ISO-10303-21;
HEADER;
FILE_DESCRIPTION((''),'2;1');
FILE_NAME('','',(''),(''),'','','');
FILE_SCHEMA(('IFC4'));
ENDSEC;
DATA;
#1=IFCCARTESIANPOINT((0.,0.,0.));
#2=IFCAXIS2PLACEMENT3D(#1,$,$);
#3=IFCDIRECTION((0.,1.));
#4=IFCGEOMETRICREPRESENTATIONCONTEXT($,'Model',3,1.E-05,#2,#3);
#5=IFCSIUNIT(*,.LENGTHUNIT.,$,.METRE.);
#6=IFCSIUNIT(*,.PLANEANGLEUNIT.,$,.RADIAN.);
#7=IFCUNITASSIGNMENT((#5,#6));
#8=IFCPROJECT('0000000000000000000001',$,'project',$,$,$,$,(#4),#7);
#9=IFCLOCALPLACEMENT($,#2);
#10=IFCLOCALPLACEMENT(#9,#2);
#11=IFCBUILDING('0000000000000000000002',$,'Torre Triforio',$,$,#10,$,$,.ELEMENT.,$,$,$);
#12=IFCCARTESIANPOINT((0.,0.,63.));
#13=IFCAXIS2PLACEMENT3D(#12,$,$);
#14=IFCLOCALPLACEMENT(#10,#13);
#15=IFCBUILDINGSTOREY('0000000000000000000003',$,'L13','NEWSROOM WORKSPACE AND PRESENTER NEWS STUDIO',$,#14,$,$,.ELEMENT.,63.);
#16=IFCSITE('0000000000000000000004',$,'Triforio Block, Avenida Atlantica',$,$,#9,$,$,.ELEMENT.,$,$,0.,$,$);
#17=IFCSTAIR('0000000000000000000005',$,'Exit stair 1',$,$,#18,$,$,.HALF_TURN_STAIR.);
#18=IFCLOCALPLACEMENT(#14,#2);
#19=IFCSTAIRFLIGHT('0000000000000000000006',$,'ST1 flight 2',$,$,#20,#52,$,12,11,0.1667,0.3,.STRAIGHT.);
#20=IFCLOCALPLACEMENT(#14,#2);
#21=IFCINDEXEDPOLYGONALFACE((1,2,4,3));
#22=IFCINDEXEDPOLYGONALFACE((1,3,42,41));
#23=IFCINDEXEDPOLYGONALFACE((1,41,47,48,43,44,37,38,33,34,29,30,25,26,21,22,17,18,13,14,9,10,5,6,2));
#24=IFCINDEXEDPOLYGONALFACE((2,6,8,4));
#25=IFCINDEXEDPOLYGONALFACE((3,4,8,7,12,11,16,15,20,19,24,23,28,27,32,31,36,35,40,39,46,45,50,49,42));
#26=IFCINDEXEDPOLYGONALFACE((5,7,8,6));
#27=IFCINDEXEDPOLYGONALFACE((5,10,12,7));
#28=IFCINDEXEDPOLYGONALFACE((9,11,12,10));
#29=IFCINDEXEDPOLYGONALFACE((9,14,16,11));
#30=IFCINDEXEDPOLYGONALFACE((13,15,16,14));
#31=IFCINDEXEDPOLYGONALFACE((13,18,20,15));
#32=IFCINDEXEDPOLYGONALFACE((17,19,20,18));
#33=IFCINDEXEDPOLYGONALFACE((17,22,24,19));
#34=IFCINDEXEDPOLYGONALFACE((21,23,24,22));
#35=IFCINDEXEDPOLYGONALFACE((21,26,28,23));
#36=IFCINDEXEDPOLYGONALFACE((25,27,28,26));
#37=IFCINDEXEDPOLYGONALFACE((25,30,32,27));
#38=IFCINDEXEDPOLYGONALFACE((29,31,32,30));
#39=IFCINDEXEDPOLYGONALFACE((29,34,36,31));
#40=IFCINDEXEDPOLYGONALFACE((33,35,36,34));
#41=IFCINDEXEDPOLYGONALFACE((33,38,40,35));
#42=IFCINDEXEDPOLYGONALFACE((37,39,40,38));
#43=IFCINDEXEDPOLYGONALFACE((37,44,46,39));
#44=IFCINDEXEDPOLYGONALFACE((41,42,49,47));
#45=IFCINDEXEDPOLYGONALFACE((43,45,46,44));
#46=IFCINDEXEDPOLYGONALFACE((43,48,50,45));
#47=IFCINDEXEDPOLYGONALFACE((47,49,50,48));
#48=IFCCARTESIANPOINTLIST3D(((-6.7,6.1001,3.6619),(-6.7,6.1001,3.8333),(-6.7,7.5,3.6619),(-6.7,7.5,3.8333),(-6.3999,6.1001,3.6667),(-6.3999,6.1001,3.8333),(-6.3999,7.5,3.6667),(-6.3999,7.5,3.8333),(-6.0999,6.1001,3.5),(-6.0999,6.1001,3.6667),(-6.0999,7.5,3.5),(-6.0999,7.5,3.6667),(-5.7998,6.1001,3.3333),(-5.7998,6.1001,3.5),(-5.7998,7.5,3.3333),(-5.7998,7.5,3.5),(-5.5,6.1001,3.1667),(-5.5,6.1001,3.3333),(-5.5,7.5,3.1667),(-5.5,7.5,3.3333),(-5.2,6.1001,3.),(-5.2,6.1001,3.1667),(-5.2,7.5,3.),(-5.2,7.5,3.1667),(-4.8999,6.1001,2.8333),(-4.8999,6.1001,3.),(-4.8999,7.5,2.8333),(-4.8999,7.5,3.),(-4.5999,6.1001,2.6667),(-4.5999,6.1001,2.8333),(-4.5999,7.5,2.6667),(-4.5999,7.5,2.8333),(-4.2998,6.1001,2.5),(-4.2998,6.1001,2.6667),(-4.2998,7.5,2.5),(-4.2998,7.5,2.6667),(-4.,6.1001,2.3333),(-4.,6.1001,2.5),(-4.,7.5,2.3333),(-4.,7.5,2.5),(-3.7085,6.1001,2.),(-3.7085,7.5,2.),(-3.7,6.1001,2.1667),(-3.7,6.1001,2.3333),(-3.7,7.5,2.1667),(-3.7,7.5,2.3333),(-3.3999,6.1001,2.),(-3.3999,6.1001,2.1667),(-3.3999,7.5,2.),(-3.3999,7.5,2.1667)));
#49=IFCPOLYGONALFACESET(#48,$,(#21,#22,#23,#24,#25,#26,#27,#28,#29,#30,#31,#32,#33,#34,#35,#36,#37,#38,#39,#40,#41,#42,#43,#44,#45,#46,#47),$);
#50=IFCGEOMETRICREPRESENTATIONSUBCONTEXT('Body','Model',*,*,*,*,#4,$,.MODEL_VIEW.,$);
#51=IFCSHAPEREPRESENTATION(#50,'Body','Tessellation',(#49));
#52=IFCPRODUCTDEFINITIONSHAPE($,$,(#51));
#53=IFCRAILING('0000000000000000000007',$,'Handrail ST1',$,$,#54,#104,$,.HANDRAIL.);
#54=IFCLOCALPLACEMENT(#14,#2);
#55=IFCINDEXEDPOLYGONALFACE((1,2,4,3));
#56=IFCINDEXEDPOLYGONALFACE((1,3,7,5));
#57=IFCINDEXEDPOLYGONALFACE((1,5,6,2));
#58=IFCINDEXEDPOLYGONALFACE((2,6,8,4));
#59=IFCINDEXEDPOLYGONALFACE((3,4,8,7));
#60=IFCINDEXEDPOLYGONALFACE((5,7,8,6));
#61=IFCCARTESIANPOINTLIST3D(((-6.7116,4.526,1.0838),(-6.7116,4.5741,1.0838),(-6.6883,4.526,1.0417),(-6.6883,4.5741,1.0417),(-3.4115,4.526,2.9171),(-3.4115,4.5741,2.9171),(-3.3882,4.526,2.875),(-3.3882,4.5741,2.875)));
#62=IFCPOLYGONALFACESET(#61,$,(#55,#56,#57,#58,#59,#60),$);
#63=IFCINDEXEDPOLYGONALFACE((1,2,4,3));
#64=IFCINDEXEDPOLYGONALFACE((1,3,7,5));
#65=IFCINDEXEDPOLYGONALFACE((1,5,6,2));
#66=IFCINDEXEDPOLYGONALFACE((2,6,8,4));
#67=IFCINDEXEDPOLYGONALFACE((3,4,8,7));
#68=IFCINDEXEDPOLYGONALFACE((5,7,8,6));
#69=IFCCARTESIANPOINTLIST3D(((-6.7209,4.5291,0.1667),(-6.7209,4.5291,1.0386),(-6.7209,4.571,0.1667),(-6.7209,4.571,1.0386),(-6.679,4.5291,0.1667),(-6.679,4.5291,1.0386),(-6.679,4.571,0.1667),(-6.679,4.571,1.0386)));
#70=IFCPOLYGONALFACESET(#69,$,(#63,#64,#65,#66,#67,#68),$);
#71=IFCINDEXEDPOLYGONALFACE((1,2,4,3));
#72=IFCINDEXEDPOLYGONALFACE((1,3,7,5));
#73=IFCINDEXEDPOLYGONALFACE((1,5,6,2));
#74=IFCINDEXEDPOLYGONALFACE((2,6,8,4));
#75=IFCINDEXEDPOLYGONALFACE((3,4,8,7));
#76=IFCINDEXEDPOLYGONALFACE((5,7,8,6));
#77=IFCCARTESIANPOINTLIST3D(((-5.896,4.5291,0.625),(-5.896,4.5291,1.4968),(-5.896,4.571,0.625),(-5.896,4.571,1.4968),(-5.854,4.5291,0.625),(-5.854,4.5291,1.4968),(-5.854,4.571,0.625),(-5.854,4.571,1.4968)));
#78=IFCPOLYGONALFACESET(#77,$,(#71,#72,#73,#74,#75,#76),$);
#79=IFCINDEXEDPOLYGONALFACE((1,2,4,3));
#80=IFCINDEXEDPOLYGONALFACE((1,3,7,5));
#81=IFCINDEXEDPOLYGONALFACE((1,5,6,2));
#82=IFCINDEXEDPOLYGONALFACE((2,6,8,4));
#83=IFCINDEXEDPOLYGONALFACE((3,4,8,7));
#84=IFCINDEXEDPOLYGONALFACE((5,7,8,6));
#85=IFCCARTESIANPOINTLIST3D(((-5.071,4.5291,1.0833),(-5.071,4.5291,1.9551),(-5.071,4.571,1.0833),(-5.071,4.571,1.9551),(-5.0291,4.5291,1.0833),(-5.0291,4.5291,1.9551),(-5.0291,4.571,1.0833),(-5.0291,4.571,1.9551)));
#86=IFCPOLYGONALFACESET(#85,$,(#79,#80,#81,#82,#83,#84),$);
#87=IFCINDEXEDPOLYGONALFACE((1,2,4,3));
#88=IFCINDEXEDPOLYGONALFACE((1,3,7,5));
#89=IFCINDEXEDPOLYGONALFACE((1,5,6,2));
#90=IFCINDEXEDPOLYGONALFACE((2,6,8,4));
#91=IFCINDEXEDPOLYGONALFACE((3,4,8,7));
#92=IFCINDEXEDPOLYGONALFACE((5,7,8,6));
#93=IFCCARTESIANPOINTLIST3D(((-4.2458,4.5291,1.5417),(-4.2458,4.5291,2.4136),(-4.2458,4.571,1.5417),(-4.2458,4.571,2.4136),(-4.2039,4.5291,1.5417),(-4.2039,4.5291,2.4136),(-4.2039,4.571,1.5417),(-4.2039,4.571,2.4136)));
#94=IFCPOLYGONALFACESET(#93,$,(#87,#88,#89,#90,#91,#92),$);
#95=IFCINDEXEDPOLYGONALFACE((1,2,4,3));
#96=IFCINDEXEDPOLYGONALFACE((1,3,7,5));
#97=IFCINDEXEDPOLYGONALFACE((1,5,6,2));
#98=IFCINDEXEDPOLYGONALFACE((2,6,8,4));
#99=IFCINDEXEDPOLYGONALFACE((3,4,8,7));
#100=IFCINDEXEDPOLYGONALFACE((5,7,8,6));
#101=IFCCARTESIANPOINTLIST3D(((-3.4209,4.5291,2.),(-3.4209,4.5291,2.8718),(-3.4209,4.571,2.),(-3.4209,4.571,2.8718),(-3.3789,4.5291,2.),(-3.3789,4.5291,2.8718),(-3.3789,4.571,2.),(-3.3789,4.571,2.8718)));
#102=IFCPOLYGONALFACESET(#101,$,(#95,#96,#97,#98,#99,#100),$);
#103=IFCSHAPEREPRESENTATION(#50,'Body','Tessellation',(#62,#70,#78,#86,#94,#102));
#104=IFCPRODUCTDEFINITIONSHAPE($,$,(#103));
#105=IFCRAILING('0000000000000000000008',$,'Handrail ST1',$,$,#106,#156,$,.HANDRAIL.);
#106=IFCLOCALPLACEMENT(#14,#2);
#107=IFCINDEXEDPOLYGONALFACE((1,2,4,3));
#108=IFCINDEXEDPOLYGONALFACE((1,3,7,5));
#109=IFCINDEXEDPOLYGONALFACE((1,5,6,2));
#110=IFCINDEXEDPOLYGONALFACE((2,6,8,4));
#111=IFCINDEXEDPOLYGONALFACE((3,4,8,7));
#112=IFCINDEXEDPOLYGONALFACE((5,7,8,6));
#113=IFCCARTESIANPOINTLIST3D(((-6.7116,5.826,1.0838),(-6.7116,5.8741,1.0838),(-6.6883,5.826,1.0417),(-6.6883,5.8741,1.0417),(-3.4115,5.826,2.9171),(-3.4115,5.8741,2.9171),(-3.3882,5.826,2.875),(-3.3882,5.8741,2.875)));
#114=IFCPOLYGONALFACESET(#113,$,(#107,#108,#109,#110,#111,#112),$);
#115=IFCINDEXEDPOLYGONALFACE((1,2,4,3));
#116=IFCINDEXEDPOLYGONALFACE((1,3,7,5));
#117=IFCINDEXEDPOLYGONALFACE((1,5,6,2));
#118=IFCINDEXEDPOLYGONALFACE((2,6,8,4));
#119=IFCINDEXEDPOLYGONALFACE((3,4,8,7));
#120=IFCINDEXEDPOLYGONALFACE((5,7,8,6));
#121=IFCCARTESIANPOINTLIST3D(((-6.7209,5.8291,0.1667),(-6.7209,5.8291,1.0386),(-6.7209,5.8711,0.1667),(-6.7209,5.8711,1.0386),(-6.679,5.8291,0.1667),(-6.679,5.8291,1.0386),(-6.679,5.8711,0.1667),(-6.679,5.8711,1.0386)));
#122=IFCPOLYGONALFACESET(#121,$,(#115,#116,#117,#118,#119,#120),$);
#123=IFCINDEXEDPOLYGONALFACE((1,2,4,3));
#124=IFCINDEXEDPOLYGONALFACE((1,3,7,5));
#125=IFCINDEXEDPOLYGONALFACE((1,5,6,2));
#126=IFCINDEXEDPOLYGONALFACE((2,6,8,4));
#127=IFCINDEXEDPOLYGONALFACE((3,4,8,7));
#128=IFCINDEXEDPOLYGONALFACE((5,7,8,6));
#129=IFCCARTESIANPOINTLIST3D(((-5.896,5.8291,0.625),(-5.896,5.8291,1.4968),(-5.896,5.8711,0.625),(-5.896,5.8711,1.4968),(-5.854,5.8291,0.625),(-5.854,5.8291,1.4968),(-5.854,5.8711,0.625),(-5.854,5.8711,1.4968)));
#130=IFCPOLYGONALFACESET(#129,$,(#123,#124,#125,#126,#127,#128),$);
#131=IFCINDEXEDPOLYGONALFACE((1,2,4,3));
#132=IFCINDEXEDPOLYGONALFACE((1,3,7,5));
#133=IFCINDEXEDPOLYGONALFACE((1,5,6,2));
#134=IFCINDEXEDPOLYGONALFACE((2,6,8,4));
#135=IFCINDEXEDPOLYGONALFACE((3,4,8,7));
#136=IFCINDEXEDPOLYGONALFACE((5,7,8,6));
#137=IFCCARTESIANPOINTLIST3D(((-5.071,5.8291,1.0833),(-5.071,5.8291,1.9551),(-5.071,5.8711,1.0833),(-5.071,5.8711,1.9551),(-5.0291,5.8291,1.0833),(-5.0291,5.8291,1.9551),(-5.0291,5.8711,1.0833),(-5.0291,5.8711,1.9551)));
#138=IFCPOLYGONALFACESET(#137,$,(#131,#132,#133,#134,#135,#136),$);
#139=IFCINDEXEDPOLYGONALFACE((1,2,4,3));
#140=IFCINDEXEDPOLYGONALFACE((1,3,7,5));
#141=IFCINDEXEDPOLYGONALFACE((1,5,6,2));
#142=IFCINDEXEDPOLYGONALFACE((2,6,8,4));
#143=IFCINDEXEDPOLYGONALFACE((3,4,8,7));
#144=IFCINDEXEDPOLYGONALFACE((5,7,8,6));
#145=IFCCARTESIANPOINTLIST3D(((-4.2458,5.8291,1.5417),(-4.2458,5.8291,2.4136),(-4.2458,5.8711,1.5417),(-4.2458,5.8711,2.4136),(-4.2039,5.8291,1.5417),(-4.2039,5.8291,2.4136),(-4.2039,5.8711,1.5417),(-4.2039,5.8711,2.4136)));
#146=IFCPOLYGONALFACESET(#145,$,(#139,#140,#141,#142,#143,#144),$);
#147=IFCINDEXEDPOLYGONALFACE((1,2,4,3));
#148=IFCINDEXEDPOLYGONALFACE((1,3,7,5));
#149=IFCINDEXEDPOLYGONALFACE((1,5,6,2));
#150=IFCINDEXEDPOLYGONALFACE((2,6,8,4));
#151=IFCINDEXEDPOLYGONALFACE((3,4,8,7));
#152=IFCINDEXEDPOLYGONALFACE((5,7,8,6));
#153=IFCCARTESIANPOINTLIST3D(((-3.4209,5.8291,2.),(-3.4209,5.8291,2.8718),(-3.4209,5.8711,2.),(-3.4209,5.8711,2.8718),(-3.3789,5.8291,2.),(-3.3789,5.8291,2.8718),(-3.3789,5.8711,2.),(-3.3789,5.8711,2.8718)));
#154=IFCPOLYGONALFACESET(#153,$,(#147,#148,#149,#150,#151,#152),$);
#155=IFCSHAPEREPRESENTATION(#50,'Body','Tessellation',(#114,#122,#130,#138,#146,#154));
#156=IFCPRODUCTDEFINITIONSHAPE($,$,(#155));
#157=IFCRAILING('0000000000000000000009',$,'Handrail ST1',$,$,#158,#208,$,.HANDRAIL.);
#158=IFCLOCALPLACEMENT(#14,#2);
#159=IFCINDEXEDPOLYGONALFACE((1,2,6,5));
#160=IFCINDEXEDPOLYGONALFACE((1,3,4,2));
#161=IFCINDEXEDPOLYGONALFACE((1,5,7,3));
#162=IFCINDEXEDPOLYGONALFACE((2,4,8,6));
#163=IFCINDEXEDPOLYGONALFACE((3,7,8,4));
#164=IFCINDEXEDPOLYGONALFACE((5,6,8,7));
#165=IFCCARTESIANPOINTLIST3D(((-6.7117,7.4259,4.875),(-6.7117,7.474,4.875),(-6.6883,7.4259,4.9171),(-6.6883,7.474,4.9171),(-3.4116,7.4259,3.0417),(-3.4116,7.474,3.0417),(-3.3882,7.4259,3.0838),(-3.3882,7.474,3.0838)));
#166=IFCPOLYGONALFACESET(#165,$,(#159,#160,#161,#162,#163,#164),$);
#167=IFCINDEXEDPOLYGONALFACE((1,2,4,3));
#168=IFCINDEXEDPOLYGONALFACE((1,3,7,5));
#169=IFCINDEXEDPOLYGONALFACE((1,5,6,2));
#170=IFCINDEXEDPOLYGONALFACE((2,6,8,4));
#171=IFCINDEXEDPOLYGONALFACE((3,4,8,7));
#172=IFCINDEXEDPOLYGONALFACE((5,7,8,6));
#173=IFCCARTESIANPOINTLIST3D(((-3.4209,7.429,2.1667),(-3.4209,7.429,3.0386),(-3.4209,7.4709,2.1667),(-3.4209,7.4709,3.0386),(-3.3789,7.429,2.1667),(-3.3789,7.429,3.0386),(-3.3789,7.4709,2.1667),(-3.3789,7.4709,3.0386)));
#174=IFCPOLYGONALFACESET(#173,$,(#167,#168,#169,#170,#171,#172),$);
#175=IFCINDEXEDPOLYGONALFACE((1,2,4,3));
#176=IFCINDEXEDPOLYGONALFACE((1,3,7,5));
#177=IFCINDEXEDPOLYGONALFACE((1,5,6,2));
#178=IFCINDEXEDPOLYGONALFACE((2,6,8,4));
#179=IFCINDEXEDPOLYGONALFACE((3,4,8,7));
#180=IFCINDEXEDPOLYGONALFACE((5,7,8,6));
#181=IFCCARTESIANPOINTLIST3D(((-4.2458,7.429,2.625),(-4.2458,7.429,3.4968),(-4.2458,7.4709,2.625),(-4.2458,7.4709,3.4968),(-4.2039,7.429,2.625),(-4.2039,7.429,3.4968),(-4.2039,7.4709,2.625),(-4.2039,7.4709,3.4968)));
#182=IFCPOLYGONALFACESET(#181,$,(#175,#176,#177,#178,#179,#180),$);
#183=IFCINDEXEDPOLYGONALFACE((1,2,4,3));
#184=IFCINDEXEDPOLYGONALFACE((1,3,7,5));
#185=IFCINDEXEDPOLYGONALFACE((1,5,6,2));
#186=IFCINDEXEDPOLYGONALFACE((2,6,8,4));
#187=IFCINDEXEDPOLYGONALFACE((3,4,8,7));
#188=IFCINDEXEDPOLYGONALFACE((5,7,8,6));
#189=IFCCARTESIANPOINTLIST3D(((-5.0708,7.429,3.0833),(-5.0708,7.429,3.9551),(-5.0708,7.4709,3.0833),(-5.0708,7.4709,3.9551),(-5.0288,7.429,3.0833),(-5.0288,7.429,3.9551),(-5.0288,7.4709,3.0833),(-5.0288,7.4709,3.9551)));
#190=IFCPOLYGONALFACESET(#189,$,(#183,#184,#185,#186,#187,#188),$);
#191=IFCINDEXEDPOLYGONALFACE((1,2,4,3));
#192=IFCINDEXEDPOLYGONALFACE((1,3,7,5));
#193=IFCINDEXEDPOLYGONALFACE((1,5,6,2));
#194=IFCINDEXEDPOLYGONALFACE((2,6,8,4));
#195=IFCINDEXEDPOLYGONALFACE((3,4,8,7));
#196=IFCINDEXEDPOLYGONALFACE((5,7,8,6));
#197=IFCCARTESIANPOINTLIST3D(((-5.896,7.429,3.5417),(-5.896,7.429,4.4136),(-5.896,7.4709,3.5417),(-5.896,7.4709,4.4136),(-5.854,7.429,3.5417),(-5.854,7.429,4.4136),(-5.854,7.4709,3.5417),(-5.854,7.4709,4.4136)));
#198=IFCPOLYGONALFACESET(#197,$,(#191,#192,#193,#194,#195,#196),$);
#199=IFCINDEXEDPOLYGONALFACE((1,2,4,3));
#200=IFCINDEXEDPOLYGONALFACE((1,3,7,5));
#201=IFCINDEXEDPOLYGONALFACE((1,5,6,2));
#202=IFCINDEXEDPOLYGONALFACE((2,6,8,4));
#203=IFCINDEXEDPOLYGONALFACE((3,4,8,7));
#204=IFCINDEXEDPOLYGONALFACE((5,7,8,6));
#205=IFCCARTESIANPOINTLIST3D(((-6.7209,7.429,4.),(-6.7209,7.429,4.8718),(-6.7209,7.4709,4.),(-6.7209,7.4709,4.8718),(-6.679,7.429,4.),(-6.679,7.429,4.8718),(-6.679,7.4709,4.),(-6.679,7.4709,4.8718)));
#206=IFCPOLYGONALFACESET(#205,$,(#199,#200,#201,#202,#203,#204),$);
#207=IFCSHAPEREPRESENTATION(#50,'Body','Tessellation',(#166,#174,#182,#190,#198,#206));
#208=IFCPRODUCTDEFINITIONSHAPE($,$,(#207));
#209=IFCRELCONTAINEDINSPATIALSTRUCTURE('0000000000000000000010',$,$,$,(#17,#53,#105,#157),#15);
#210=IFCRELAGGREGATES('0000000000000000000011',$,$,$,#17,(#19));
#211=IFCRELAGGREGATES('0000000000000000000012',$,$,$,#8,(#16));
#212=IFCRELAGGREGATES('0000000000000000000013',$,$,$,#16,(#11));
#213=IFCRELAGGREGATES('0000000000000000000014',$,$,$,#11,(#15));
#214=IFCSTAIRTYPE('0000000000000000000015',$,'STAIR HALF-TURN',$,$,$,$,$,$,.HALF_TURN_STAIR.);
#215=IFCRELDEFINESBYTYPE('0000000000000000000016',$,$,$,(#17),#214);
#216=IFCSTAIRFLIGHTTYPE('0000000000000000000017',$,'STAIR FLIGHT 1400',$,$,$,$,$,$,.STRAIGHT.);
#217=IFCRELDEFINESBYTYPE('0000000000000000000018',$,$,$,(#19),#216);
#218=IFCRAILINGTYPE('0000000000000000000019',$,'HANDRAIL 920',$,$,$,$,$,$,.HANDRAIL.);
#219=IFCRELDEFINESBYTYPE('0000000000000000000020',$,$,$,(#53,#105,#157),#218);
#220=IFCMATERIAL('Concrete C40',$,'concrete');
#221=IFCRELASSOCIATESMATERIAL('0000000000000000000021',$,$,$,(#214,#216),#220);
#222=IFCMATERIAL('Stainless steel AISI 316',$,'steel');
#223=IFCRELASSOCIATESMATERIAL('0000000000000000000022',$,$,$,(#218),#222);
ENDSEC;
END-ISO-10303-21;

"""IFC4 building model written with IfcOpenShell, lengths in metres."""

from ifc_helpers import new_model, si_unit, direction, frame, origin, origin_2d, place, context, subcontext, project, spatial, polyline, rectangle, outline, extrude, material, type_object, element, aggregate, save


model = new_model("IFC4")

# Units and contexts
model_context = context("Model", 3, precision=1e-05, world=origin(), true_north=direction((0.0, 1.0)))
body_context = subcontext(model_context, "Body", "Model", "MODEL_VIEW")
ifc_project = project(units=[si_unit("LENGTHUNIT", "METRE"), si_unit("PLANEANGLEUNIT", "RADIAN")], contexts=[model_context])

# Site, building, storey
site_placement = place(None, origin())
site = spatial("IfcSite", under=ifc_project, at=site_placement, Name="Triforio Block, Avenida Atlantica", CompositionType="ELEMENT", RefElevation=0.0)
building_placement = place(site_placement, origin())
building = spatial("IfcBuilding", under=site, at=building_placement, Name="Torre Triforio", CompositionType="ELEMENT")
storey_placement = place(building_placement, frame((0.0, 0.0, 63.0)))
storey = spatial("IfcBuildingStorey", under=building, at=storey_placement, Name="L13", Description="NEWSROOM WORKSPACE AND PRESENTER NEWS STUDIO", CompositionType="ELEMENT", Elevation=63.0)

# Stair, stair flight
ifc_material_1 = material(Name="Concrete C40", Category="concrete")
stair_type = type_object("IfcStairType", Name="STAIR HALF-TURN", PredefinedType="HALF_TURN_STAIR", material=ifc_material_1)
stair_placement = place(storey_placement, origin())
stair = element("IfcStair", 1, at=stair_placement, inside=storey, type_object=stair_type, Name="Exit stair 1", PredefinedType="HALF_TURN_STAIR")
stair_flight_type = type_object("IfcStairFlightType", Name="STAIR FLIGHT 1400", PredefinedType="STRAIGHT", material=ifc_material_1)
stair_flight_1_placement = place(storey_placement, frame((-3.3999, 6.8, 2.0), z_axis=(0.0, 0.0, 1.0), x_axis=(-1.0, 0.0, 0.0)))
stair_flight_1 = element("IfcStairFlight", 2, at=stair_flight_1_placement, type_object=stair_flight_type, Name="ST1 flight 2", NumberOfRisers=12, NumberOfTreads=11, PredefinedType="STRAIGHT", RiserHeight=0.1667, TreadLength=0.3, context=body_context, shape_type="SweptSolid", body=[
    extrude(outline(polyline([(0.0, 0.0), (0.0, 0.1667), (0.3, 0.1667), (0.3, 0.3333), (0.6001, 0.3333), (0.6001, 0.5), (0.8999, 0.5), (0.8999, 0.6667), (1.2, 0.6667), (1.2, 0.8333), (1.5, 0.8333), (1.5, 1.0), (1.8, 1.0), (1.8, 1.1667), (2.1001, 1.1667), (2.1001, 1.3333), (2.3999, 1.3333), (2.3999, 1.5), (2.7, 1.5), (2.7, 1.6667), (3.0, 1.6667), (3.0, 1.8333), (3.3, 1.8333), (3.3, 2.0), (3.3, 1.6619), (0.3086, 0.0), (0.0, 0.0)])), frame((0.0, 0.7, 0.0), z_axis=(0.0, -1.0, 0.0), x_axis=(1.0, 0.0, 0.0)), (0.0, 0.0, 1.0), 1.3999),
])
aggregate(stair, [stair_flight_1])

# Railings
ifc_material_2 = material(Name="Stainless steel AISI 316", Category="steel")
railing_type = type_object("IfcRailingType", Name="HANDRAIL 920", PredefinedType="HANDRAIL", material=ifc_material_2)
for number, where, name in (
    (3, (-6.7, 4.55, 0.1667), "Handrail ST1"),
    (4, (-6.7, 5.8501, 0.1667), "Handrail ST1"),
):
    element("IfcRailing", number, at=place(storey_placement, frame(where)), inside=storey, type_object=railing_type, Name=name, PredefinedType="HANDRAIL", context=body_context, shape_type="SweptSolid", body=[
        extrude(rectangle(XDim=0.0481, YDim=0.0481, at=origin_2d()), frame((0.0, 0.0, 0.896), z_axis=(0.874169, 0.0, 0.485621), x_axis=(0.0, 1.0, 0.0)), (0.0, 0.0, 1.0), 3.7751),
        extrude(rectangle(XDim=0.042, YDim=0.042, at=origin_2d()), origin(), (0.0, 0.0, 1.0), 0.8718),
        extrude(rectangle(XDim=0.042, YDim=0.042, at=origin_2d()), frame((0.825, 0.0, 0.4583)), (0.0, 0.0, 1.0), 0.8718),
        extrude(rectangle(XDim=0.042, YDim=0.042, at=origin_2d()), frame((1.6499, 0.0, 0.9165)), (0.0, 0.0, 1.0), 0.8718),
        extrude(rectangle(XDim=0.042, YDim=0.042, at=origin_2d()), frame((2.4751, 0.0, 1.375)), (0.0, 0.0, 1.0), 0.8718),
        extrude(rectangle(XDim=0.042, YDim=0.042, at=origin_2d()), frame((3.3, 0.0, 1.8333)), (0.0, 0.0, 1.0), 0.8718),
    ])
for number, where, name in (
    (5, (-3.3999, 7.45, 2.1667), "Handrail ST1"),
):
    element("IfcRailing", number, at=place(storey_placement, frame(where)), inside=storey, type_object=railing_type, Name=name, PredefinedType="HANDRAIL", context=body_context, shape_type="SweptSolid", body=[
        extrude(rectangle(XDim=0.0481, YDim=0.0481, at=origin_2d()), frame((0.0, 0.0, 0.896), z_axis=(-0.874169, 0.0, 0.485621), x_axis=(0.0, -1.0, 0.0)), (0.0, 0.0, 1.0), 3.7751),
        extrude(rectangle(XDim=0.042, YDim=0.042, at=origin_2d()), origin(), (0.0, 0.0, 1.0), 0.8718),
        extrude(rectangle(XDim=0.042, YDim=0.042, at=origin_2d()), frame((-0.825, 0.0, 0.4583)), (0.0, 0.0, 1.0), 0.8718),
        extrude(rectangle(XDim=0.042, YDim=0.042, at=origin_2d()), frame((-1.6499, 0.0, 0.9165)), (0.0, 0.0, 1.0), 0.8718),
        extrude(rectangle(XDim=0.042, YDim=0.042, at=origin_2d()), frame((-2.4751, 0.0, 1.375)), (0.0, 0.0, 1.0), 0.8718),
        extrude(rectangle(XDim=0.042, YDim=0.042, at=origin_2d()), frame((-3.3, 0.0, 1.8333)), (0.0, 0.0, 1.0), 0.8718),
    ])

save(model, "model.ifc")
